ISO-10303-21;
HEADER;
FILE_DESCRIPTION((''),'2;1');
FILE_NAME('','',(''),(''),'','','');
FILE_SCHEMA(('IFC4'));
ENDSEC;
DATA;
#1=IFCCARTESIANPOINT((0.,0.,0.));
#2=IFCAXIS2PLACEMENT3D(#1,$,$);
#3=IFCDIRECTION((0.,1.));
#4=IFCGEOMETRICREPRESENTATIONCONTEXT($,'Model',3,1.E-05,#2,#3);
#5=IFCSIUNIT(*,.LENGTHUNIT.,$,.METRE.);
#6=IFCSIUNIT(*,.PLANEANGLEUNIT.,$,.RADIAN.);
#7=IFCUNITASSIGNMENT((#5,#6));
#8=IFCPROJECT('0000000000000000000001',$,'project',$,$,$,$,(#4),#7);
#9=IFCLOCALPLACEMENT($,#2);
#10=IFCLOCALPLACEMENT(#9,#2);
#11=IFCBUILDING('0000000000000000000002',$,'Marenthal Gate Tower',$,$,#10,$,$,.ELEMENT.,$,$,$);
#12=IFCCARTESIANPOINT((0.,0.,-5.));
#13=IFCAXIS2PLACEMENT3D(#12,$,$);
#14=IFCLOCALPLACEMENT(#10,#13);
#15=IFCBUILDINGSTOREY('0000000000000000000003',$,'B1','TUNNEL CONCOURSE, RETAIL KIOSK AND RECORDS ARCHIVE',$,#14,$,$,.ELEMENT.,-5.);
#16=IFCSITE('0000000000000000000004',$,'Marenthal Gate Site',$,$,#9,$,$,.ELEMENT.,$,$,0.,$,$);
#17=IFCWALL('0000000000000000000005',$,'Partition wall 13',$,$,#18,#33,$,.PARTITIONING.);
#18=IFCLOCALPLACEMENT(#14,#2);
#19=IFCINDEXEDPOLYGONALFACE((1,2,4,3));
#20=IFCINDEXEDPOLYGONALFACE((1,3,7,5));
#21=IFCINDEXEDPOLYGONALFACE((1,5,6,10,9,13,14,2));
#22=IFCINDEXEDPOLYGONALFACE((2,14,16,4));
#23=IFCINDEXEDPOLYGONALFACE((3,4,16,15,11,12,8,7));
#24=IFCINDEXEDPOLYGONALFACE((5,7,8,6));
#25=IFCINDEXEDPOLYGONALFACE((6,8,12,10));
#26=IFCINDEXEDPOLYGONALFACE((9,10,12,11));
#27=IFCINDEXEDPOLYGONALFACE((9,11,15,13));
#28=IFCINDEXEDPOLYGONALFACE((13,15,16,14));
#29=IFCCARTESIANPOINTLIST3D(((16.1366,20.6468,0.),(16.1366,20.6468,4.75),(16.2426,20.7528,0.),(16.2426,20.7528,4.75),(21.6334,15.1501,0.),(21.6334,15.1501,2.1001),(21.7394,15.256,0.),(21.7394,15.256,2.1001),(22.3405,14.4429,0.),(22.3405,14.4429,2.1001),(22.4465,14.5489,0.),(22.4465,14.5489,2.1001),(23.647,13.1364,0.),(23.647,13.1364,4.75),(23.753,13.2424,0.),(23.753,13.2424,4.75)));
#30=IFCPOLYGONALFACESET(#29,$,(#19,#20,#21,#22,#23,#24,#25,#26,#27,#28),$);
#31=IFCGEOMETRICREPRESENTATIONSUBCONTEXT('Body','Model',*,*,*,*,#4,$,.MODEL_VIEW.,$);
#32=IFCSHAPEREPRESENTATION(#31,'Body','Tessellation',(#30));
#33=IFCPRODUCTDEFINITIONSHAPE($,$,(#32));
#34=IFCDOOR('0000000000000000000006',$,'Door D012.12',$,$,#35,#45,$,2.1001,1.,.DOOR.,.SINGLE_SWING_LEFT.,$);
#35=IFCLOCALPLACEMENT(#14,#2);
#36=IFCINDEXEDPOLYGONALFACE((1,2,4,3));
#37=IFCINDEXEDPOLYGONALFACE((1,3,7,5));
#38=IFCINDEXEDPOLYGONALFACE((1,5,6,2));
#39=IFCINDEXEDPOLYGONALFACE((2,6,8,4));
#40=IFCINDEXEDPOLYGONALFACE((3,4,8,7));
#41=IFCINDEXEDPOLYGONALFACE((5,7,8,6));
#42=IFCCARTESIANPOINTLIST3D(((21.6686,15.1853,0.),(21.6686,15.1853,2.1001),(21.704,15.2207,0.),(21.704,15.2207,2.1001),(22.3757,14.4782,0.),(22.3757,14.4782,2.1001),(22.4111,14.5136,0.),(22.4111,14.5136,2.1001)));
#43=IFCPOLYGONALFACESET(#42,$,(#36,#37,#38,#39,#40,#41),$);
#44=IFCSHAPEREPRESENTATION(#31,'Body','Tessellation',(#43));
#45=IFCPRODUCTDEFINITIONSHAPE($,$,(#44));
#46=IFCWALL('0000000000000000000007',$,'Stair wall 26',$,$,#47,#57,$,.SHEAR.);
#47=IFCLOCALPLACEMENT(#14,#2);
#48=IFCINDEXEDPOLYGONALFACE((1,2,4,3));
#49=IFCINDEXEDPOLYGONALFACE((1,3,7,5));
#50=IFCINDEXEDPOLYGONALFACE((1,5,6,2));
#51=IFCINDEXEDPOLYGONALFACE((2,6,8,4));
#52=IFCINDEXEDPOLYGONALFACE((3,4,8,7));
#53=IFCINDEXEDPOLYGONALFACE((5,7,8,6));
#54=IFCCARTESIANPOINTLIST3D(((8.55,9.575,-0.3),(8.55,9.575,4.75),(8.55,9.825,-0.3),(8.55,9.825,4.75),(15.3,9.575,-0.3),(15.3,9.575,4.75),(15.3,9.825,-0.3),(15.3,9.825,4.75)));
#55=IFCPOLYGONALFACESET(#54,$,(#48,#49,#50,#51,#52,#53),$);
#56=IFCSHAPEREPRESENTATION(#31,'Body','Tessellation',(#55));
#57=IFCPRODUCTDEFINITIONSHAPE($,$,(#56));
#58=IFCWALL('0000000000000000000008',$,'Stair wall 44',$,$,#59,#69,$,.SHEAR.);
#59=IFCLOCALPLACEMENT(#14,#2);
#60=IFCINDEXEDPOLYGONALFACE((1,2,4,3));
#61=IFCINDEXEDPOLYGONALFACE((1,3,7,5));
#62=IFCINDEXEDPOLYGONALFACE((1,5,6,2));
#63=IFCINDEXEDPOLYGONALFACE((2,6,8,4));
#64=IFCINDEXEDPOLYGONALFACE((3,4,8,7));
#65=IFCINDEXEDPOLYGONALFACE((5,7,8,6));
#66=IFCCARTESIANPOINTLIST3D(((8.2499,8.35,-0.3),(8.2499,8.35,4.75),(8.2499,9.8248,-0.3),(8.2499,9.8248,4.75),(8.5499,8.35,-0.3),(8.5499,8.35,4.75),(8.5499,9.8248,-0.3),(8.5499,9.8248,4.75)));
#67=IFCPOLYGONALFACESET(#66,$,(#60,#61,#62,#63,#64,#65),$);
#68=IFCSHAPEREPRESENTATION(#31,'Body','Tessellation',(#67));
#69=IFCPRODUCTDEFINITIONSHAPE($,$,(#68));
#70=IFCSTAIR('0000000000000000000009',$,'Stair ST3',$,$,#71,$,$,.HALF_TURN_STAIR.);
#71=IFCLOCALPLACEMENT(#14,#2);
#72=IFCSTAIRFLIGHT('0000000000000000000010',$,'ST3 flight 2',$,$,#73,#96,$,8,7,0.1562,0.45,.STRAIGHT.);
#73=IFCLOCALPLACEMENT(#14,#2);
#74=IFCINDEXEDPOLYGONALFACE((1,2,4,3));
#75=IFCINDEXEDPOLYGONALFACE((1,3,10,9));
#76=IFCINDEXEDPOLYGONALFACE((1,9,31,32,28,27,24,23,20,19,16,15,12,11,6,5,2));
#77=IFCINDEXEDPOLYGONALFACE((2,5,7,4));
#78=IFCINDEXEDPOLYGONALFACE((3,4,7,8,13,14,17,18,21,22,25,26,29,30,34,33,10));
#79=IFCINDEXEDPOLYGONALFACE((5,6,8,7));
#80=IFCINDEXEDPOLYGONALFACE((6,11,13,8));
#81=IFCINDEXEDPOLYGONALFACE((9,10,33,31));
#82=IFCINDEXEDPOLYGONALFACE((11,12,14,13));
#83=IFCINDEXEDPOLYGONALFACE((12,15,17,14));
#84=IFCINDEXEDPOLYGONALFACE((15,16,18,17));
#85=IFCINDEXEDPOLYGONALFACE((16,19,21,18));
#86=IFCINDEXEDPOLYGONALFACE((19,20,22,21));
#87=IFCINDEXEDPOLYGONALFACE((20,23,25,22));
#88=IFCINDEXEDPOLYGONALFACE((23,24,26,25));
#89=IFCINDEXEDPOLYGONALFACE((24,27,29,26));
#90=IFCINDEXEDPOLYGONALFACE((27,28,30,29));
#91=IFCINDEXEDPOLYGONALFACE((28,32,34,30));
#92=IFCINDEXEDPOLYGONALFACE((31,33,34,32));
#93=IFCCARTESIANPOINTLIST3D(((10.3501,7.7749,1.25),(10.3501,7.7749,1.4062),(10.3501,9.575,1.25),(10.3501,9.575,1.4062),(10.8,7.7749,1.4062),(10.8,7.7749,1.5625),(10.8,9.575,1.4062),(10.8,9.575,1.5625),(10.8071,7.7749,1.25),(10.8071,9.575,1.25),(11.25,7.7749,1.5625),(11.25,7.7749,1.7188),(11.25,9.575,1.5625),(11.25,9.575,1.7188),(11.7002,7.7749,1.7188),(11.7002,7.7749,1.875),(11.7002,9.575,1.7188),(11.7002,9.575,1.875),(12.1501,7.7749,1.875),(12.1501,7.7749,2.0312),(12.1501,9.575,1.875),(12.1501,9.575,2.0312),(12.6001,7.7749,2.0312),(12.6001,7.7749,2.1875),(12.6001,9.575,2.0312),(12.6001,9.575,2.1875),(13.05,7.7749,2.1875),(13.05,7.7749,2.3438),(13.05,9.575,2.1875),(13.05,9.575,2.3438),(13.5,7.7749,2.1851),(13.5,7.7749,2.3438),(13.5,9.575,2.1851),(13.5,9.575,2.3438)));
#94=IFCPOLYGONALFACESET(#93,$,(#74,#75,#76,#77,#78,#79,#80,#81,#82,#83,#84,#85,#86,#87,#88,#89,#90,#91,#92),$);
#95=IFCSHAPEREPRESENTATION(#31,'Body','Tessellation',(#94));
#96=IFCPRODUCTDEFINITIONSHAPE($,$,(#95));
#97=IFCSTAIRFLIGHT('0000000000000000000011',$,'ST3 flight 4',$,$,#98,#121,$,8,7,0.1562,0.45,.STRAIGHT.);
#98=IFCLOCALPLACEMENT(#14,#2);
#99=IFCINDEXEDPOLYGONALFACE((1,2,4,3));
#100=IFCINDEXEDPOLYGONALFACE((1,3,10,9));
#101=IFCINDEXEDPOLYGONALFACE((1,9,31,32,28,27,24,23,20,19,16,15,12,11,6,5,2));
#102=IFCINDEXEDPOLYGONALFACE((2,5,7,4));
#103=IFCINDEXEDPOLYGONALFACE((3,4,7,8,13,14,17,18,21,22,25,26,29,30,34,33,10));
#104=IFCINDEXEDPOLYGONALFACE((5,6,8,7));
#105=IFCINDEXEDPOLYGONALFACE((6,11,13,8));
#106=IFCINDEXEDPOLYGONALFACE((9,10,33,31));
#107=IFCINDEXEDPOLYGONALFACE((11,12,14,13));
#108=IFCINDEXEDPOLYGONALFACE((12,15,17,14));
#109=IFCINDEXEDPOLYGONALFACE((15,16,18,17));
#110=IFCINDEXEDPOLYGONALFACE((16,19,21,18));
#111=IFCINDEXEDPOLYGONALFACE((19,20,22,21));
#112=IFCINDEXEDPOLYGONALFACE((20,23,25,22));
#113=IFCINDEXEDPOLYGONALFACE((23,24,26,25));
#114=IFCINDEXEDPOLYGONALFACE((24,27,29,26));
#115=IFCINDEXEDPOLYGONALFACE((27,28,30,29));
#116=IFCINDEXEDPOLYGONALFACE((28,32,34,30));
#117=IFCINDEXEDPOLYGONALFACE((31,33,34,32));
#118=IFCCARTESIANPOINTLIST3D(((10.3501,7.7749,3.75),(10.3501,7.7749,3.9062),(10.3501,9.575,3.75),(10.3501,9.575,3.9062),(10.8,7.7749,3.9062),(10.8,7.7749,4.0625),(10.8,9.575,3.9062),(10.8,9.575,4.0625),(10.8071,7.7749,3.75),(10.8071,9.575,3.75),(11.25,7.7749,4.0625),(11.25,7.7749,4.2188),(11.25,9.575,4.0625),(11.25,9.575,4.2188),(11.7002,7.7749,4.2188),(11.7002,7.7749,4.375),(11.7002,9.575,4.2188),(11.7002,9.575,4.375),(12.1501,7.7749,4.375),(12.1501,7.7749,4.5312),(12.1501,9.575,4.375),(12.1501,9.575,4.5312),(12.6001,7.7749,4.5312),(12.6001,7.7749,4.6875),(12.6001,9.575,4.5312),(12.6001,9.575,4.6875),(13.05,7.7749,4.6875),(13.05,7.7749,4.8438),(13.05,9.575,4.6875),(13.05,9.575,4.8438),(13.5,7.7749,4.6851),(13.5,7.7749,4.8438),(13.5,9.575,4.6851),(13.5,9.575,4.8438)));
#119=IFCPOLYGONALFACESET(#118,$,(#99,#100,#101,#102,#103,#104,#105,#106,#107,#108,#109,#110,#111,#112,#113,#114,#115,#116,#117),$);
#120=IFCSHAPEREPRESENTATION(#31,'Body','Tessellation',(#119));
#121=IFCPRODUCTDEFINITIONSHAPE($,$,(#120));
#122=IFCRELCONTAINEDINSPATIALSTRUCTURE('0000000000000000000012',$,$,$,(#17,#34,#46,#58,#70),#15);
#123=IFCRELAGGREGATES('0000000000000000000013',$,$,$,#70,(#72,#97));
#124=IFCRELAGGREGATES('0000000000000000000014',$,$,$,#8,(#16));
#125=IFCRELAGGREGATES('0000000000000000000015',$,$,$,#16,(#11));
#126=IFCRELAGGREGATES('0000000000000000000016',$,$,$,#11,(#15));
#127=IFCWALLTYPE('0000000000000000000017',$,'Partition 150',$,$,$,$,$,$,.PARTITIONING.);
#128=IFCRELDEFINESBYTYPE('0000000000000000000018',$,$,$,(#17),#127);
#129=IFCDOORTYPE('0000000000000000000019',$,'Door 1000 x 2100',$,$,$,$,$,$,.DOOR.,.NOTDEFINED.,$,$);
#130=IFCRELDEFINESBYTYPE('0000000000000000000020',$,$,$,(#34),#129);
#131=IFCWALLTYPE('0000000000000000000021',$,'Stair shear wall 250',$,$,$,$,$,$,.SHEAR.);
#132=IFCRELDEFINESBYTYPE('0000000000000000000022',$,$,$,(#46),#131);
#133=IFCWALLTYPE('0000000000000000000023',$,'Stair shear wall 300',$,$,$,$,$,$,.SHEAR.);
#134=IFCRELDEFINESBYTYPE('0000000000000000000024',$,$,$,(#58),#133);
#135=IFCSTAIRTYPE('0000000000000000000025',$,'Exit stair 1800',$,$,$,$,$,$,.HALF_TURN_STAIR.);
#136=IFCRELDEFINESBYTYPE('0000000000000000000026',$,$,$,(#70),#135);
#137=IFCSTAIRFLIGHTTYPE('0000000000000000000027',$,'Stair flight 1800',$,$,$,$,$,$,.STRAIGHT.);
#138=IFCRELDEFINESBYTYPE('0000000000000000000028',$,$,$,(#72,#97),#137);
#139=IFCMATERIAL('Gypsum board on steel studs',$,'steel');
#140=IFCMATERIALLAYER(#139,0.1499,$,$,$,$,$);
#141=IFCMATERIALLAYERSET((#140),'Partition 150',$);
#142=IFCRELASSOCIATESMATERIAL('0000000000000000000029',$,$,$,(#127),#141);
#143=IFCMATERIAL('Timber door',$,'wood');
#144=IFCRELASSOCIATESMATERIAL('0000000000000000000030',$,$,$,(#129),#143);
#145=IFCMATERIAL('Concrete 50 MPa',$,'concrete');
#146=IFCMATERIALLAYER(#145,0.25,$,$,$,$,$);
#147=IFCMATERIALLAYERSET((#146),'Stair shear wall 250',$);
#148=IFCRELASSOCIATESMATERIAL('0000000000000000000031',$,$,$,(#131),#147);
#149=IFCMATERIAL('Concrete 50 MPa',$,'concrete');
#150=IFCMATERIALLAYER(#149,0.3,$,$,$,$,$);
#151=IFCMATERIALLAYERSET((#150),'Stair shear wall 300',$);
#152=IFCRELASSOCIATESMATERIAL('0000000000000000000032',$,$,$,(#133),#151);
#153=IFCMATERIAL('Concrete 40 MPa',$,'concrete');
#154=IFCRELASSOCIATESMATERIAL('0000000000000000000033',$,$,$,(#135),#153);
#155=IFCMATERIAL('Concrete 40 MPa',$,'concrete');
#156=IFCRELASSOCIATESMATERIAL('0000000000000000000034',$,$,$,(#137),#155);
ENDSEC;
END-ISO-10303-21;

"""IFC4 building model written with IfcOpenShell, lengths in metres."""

from ifc_helpers import new_model, si_unit, direction, frame, frame_2d, origin, place, context, subcontext, project, spatial, polyline, rectangle, outline, extrude, material, layer, layer_set, type_object, element, fill, aggregate, save


model = new_model("IFC4")

# Units and contexts
model_context = context("Model", 3, precision=1e-05, world=origin(), true_north=direction((0.0, 1.0)))
body_context = subcontext(model_context, "Body", "Model", "MODEL_VIEW")
ifc_project = project(units=[si_unit("LENGTHUNIT", "METRE"), si_unit("PLANEANGLEUNIT", "RADIAN")], contexts=[model_context])

# Site, building, storey
site_placement = place(None, origin())
site = spatial("IfcSite", under=ifc_project, at=site_placement, Name="Marenthal Gate Site", CompositionType="ELEMENT", RefElevation=0.0)
building_placement = place(site_placement, origin())
building = spatial("IfcBuilding", under=site, at=building_placement, Name="Marenthal Gate Tower", CompositionType="ELEMENT")
storey_placement = place(building_placement, frame((0.0, 0.0, -5.0)))
storey = spatial("IfcBuildingStorey", under=building, at=storey_placement, Name="B1", Description="TUNNEL CONCOURSE, RETAIL KIOSK AND RECORDS ARCHIVE", CompositionType="ELEMENT", Elevation=-5.0)

# Shared definitions
ifc_material_1 = material(Name="Gypsum board on steel studs", Category="steel")
ifc_layer_1 = layer(ifc_material_1, 0.1499)
ifc_layer_set_1 = layer_set([ifc_layer_1], Name="Partition 150")
wall_type_1 = type_object("IfcWallType", Name="Partition 150", PredefinedType="PARTITIONING", material=ifc_layer_set_1)

# Shared definitions
ifc_material_2 = material(Name="Timber door", Category="wood")
door_type_1 = type_object("IfcDoorType", Name="Door 1000 x 2100", OperationType="NOTDEFINED", PredefinedType="DOOR", material=ifc_material_2)

# Wall, opening, door
wall_1_placement = place(storey_placement, frame((23.7, 13.1895, 0.0), z_axis=(0.0, 0.0, 1.0), x_axis=(-0.707107, 0.707107, 0.0)))
wall_1 = element("IfcWall", 1, at=wall_1_placement, inside=storey, type_object=wall_type_1, Name="Partition wall 13", PredefinedType="PARTITIONING", context=body_context, shape_type="SweptSolid", body=[
    extrude(rectangle(XDim=10.6213, YDim=0.1499, at=frame_2d((5.3105, 0.0))), origin(), (0.0, 0.0, 1.0), 4.75),
])
opening_1_placement = place(wall_1_placement, frame((1.8477, 0.0, 0.0)))
opening_1 = element("IfcOpeningElement", 2, at=opening_1_placement, cuts=wall_1, PredefinedType="OPENING", context=body_context, shape_type="SweptSolid", body=[
    extrude(rectangle(XDim=1.0, YDim=2.1001, at=frame_2d((0.5, 1.05))), frame((0.0, 0.085, 0.0), z_axis=(0.0, -1.0, 0.0), x_axis=(1.0, 0.0, 0.0)), (0.0, 0.0, 1.0), 0.1699),
])
door_1_placement = place(opening_1_placement, frame((1.0, 0.0, 0.0), z_axis=(0.0, 0.0, 1.0), x_axis=(-1.0, 0.0, 0.0)))
door_1 = element("IfcDoor", 3, at=door_1_placement, inside=storey, type_object=door_type_1, Name="Door D012.12", OperationType="SINGLE_SWING_LEFT", OverallHeight=2.1001, OverallWidth=1.0, PredefinedType="DOOR", context=body_context, shape_type="SweptSolid", body=[
    extrude(rectangle(XDim=1.0, YDim=2.1001, at=frame_2d((0.5, 1.05))), frame((0.0, 0.0249, 0.0), z_axis=(0.0, -1.0, 0.0), x_axis=(1.0, 0.0, 0.0)), (0.0, 0.0, 1.0), 0.05),
])
fill(opening_1, door_1)

# Walls
ifc_material_3 = material(Name="Concrete 50 MPa", Category="concrete")
ifc_layer_2 = layer(ifc_material_3, 0.25)
ifc_layer_set_2 = layer_set([ifc_layer_2], Name="Stair shear wall 250")
wall_type_2 = type_object("IfcWallType", Name="Stair shear wall 250", PredefinedType="SHEAR", material=ifc_layer_set_2)
wall_2_placement = place(storey_placement, frame((8.55, 9.7, -0.3), z_axis=(0.0, 0.0, 1.0), x_axis=(1.0, 0.0, 0.0)))
element("IfcWall", 4, at=wall_2_placement, inside=storey, type_object=wall_type_2, Name="Stair wall 26", PredefinedType="SHEAR", context=body_context, shape_type="SweptSolid", body=[
    extrude(rectangle(XDim=6.75, YDim=0.25, at=frame_2d((3.375, 0.0))), origin(), (0.0, 0.0, 1.0), 5.05),
])
ifc_material_4 = material(Name="Concrete 50 MPa", Category="concrete")
ifc_layer_3 = layer(ifc_material_4, 0.3)
ifc_layer_set_3 = layer_set([ifc_layer_3], Name="Stair shear wall 300")
wall_type_3 = type_object("IfcWallType", Name="Stair shear wall 300", PredefinedType="SHEAR", material=ifc_layer_set_3)
wall_3_placement = place(storey_placement, frame((8.3999, 8.3501, -0.3), z_axis=(0.0, 0.0, 1.0), x_axis=(0.0, 1.0, 0.0)))
element("IfcWall", 5, at=wall_3_placement, inside=storey, type_object=wall_type_3, Name="Stair wall 44", PredefinedType="SHEAR", context=body_context, shape_type="SweptSolid", body=[
    extrude(rectangle(XDim=1.4749, YDim=0.3, at=frame_2d((0.7373, 0.0))), origin(), (0.0, 0.0, 1.0), 5.05),
])

# Stair, stair flights
ifc_material_5 = material(Name="Concrete 40 MPa", Category="concrete")
stair_type = type_object("IfcStairType", Name="Exit stair 1800", PredefinedType="HALF_TURN_STAIR", material=ifc_material_5)
stair_placement = place(storey_placement, origin())
stair = element("IfcStair", 6, at=stair_placement, inside=storey, type_object=stair_type, Name="Stair ST3", PredefinedType="HALF_TURN_STAIR")
ifc_material_6 = material(Name="Concrete 40 MPa", Category="concrete")
stair_flight_type = type_object("IfcStairFlightType", Name="Stair flight 1800", PredefinedType="STRAIGHT", material=ifc_material_6)
stair_flight_1_placement = place(storey_placement, frame((10.3501, 8.675, 1.25), z_axis=(0.0, 0.0, 1.0), x_axis=(1.0, 0.0, 0.0)))
stair_flight_1 = element("IfcStairFlight", 7, at=stair_flight_1_placement, type_object=stair_flight_type, Name="ST3 flight 2", NumberOfRisers=8, NumberOfTreads=7, PredefinedType="STRAIGHT", RiserHeight=0.1562, TreadLength=0.45, context=body_context, shape_type="SweptSolid", body=[
    extrude(outline(polyline([(0.0, 0.0), (0.0, 0.1562), (0.45, 0.1562), (0.45, 0.3125), (0.8999, 0.3125), (0.8999, 0.4688), (1.3501, 0.4688), (1.3501, 0.625), (1.8, 0.625), (1.8, 0.7812), (2.25, 0.7812), (2.25, 0.9375), (2.7, 0.9375), (2.7, 1.0938), (3.1499, 1.0938), (3.1499, 1.25), (3.1499, 0.9351), (0.457, 0.0), (0.0, 0.0)])), frame((0.0, 0.8999, 0.0), z_axis=(0.0, -1.0, 0.0), x_axis=(1.0, 0.0, 0.0)), (0.0, 0.0, 1.0), 1.8),
])
stair_flight_2_placement = place(storey_placement, frame((10.3501, 8.675, 3.75), z_axis=(0.0, 0.0, 1.0), x_axis=(1.0, 0.0, 0.0)))
stair_flight_2 = element("IfcStairFlight", 8, at=stair_flight_2_placement, type_object=stair_flight_type, Name="ST3 flight 4", NumberOfRisers=8, NumberOfTreads=7, PredefinedType="STRAIGHT", RiserHeight=0.1562, TreadLength=0.45, context=body_context, shape_type="SweptSolid", body=[
    extrude(outline(polyline([(0.0, 0.0), (0.0, 0.1562), (0.45, 0.1562), (0.45, 0.3125), (0.8999, 0.3125), (0.8999, 0.4688), (1.3501, 0.4688), (1.3501, 0.625), (1.8, 0.625), (1.8, 0.7812), (2.25, 0.7812), (2.25, 0.9375), (2.7, 0.9375), (2.7, 1.0938), (3.1499, 1.0938), (3.1499, 1.25), (3.1499, 0.9351), (0.457, 0.0), (0.0, 0.0)])), frame((0.0, 0.8999, 0.0), z_axis=(0.0, -1.0, 0.0), x_axis=(1.0, 0.0, 0.0)), (0.0, 0.0, 1.0), 1.8),
])
aggregate(stair, [stair_flight_1, stair_flight_2])

save(model, "model.ifc")
